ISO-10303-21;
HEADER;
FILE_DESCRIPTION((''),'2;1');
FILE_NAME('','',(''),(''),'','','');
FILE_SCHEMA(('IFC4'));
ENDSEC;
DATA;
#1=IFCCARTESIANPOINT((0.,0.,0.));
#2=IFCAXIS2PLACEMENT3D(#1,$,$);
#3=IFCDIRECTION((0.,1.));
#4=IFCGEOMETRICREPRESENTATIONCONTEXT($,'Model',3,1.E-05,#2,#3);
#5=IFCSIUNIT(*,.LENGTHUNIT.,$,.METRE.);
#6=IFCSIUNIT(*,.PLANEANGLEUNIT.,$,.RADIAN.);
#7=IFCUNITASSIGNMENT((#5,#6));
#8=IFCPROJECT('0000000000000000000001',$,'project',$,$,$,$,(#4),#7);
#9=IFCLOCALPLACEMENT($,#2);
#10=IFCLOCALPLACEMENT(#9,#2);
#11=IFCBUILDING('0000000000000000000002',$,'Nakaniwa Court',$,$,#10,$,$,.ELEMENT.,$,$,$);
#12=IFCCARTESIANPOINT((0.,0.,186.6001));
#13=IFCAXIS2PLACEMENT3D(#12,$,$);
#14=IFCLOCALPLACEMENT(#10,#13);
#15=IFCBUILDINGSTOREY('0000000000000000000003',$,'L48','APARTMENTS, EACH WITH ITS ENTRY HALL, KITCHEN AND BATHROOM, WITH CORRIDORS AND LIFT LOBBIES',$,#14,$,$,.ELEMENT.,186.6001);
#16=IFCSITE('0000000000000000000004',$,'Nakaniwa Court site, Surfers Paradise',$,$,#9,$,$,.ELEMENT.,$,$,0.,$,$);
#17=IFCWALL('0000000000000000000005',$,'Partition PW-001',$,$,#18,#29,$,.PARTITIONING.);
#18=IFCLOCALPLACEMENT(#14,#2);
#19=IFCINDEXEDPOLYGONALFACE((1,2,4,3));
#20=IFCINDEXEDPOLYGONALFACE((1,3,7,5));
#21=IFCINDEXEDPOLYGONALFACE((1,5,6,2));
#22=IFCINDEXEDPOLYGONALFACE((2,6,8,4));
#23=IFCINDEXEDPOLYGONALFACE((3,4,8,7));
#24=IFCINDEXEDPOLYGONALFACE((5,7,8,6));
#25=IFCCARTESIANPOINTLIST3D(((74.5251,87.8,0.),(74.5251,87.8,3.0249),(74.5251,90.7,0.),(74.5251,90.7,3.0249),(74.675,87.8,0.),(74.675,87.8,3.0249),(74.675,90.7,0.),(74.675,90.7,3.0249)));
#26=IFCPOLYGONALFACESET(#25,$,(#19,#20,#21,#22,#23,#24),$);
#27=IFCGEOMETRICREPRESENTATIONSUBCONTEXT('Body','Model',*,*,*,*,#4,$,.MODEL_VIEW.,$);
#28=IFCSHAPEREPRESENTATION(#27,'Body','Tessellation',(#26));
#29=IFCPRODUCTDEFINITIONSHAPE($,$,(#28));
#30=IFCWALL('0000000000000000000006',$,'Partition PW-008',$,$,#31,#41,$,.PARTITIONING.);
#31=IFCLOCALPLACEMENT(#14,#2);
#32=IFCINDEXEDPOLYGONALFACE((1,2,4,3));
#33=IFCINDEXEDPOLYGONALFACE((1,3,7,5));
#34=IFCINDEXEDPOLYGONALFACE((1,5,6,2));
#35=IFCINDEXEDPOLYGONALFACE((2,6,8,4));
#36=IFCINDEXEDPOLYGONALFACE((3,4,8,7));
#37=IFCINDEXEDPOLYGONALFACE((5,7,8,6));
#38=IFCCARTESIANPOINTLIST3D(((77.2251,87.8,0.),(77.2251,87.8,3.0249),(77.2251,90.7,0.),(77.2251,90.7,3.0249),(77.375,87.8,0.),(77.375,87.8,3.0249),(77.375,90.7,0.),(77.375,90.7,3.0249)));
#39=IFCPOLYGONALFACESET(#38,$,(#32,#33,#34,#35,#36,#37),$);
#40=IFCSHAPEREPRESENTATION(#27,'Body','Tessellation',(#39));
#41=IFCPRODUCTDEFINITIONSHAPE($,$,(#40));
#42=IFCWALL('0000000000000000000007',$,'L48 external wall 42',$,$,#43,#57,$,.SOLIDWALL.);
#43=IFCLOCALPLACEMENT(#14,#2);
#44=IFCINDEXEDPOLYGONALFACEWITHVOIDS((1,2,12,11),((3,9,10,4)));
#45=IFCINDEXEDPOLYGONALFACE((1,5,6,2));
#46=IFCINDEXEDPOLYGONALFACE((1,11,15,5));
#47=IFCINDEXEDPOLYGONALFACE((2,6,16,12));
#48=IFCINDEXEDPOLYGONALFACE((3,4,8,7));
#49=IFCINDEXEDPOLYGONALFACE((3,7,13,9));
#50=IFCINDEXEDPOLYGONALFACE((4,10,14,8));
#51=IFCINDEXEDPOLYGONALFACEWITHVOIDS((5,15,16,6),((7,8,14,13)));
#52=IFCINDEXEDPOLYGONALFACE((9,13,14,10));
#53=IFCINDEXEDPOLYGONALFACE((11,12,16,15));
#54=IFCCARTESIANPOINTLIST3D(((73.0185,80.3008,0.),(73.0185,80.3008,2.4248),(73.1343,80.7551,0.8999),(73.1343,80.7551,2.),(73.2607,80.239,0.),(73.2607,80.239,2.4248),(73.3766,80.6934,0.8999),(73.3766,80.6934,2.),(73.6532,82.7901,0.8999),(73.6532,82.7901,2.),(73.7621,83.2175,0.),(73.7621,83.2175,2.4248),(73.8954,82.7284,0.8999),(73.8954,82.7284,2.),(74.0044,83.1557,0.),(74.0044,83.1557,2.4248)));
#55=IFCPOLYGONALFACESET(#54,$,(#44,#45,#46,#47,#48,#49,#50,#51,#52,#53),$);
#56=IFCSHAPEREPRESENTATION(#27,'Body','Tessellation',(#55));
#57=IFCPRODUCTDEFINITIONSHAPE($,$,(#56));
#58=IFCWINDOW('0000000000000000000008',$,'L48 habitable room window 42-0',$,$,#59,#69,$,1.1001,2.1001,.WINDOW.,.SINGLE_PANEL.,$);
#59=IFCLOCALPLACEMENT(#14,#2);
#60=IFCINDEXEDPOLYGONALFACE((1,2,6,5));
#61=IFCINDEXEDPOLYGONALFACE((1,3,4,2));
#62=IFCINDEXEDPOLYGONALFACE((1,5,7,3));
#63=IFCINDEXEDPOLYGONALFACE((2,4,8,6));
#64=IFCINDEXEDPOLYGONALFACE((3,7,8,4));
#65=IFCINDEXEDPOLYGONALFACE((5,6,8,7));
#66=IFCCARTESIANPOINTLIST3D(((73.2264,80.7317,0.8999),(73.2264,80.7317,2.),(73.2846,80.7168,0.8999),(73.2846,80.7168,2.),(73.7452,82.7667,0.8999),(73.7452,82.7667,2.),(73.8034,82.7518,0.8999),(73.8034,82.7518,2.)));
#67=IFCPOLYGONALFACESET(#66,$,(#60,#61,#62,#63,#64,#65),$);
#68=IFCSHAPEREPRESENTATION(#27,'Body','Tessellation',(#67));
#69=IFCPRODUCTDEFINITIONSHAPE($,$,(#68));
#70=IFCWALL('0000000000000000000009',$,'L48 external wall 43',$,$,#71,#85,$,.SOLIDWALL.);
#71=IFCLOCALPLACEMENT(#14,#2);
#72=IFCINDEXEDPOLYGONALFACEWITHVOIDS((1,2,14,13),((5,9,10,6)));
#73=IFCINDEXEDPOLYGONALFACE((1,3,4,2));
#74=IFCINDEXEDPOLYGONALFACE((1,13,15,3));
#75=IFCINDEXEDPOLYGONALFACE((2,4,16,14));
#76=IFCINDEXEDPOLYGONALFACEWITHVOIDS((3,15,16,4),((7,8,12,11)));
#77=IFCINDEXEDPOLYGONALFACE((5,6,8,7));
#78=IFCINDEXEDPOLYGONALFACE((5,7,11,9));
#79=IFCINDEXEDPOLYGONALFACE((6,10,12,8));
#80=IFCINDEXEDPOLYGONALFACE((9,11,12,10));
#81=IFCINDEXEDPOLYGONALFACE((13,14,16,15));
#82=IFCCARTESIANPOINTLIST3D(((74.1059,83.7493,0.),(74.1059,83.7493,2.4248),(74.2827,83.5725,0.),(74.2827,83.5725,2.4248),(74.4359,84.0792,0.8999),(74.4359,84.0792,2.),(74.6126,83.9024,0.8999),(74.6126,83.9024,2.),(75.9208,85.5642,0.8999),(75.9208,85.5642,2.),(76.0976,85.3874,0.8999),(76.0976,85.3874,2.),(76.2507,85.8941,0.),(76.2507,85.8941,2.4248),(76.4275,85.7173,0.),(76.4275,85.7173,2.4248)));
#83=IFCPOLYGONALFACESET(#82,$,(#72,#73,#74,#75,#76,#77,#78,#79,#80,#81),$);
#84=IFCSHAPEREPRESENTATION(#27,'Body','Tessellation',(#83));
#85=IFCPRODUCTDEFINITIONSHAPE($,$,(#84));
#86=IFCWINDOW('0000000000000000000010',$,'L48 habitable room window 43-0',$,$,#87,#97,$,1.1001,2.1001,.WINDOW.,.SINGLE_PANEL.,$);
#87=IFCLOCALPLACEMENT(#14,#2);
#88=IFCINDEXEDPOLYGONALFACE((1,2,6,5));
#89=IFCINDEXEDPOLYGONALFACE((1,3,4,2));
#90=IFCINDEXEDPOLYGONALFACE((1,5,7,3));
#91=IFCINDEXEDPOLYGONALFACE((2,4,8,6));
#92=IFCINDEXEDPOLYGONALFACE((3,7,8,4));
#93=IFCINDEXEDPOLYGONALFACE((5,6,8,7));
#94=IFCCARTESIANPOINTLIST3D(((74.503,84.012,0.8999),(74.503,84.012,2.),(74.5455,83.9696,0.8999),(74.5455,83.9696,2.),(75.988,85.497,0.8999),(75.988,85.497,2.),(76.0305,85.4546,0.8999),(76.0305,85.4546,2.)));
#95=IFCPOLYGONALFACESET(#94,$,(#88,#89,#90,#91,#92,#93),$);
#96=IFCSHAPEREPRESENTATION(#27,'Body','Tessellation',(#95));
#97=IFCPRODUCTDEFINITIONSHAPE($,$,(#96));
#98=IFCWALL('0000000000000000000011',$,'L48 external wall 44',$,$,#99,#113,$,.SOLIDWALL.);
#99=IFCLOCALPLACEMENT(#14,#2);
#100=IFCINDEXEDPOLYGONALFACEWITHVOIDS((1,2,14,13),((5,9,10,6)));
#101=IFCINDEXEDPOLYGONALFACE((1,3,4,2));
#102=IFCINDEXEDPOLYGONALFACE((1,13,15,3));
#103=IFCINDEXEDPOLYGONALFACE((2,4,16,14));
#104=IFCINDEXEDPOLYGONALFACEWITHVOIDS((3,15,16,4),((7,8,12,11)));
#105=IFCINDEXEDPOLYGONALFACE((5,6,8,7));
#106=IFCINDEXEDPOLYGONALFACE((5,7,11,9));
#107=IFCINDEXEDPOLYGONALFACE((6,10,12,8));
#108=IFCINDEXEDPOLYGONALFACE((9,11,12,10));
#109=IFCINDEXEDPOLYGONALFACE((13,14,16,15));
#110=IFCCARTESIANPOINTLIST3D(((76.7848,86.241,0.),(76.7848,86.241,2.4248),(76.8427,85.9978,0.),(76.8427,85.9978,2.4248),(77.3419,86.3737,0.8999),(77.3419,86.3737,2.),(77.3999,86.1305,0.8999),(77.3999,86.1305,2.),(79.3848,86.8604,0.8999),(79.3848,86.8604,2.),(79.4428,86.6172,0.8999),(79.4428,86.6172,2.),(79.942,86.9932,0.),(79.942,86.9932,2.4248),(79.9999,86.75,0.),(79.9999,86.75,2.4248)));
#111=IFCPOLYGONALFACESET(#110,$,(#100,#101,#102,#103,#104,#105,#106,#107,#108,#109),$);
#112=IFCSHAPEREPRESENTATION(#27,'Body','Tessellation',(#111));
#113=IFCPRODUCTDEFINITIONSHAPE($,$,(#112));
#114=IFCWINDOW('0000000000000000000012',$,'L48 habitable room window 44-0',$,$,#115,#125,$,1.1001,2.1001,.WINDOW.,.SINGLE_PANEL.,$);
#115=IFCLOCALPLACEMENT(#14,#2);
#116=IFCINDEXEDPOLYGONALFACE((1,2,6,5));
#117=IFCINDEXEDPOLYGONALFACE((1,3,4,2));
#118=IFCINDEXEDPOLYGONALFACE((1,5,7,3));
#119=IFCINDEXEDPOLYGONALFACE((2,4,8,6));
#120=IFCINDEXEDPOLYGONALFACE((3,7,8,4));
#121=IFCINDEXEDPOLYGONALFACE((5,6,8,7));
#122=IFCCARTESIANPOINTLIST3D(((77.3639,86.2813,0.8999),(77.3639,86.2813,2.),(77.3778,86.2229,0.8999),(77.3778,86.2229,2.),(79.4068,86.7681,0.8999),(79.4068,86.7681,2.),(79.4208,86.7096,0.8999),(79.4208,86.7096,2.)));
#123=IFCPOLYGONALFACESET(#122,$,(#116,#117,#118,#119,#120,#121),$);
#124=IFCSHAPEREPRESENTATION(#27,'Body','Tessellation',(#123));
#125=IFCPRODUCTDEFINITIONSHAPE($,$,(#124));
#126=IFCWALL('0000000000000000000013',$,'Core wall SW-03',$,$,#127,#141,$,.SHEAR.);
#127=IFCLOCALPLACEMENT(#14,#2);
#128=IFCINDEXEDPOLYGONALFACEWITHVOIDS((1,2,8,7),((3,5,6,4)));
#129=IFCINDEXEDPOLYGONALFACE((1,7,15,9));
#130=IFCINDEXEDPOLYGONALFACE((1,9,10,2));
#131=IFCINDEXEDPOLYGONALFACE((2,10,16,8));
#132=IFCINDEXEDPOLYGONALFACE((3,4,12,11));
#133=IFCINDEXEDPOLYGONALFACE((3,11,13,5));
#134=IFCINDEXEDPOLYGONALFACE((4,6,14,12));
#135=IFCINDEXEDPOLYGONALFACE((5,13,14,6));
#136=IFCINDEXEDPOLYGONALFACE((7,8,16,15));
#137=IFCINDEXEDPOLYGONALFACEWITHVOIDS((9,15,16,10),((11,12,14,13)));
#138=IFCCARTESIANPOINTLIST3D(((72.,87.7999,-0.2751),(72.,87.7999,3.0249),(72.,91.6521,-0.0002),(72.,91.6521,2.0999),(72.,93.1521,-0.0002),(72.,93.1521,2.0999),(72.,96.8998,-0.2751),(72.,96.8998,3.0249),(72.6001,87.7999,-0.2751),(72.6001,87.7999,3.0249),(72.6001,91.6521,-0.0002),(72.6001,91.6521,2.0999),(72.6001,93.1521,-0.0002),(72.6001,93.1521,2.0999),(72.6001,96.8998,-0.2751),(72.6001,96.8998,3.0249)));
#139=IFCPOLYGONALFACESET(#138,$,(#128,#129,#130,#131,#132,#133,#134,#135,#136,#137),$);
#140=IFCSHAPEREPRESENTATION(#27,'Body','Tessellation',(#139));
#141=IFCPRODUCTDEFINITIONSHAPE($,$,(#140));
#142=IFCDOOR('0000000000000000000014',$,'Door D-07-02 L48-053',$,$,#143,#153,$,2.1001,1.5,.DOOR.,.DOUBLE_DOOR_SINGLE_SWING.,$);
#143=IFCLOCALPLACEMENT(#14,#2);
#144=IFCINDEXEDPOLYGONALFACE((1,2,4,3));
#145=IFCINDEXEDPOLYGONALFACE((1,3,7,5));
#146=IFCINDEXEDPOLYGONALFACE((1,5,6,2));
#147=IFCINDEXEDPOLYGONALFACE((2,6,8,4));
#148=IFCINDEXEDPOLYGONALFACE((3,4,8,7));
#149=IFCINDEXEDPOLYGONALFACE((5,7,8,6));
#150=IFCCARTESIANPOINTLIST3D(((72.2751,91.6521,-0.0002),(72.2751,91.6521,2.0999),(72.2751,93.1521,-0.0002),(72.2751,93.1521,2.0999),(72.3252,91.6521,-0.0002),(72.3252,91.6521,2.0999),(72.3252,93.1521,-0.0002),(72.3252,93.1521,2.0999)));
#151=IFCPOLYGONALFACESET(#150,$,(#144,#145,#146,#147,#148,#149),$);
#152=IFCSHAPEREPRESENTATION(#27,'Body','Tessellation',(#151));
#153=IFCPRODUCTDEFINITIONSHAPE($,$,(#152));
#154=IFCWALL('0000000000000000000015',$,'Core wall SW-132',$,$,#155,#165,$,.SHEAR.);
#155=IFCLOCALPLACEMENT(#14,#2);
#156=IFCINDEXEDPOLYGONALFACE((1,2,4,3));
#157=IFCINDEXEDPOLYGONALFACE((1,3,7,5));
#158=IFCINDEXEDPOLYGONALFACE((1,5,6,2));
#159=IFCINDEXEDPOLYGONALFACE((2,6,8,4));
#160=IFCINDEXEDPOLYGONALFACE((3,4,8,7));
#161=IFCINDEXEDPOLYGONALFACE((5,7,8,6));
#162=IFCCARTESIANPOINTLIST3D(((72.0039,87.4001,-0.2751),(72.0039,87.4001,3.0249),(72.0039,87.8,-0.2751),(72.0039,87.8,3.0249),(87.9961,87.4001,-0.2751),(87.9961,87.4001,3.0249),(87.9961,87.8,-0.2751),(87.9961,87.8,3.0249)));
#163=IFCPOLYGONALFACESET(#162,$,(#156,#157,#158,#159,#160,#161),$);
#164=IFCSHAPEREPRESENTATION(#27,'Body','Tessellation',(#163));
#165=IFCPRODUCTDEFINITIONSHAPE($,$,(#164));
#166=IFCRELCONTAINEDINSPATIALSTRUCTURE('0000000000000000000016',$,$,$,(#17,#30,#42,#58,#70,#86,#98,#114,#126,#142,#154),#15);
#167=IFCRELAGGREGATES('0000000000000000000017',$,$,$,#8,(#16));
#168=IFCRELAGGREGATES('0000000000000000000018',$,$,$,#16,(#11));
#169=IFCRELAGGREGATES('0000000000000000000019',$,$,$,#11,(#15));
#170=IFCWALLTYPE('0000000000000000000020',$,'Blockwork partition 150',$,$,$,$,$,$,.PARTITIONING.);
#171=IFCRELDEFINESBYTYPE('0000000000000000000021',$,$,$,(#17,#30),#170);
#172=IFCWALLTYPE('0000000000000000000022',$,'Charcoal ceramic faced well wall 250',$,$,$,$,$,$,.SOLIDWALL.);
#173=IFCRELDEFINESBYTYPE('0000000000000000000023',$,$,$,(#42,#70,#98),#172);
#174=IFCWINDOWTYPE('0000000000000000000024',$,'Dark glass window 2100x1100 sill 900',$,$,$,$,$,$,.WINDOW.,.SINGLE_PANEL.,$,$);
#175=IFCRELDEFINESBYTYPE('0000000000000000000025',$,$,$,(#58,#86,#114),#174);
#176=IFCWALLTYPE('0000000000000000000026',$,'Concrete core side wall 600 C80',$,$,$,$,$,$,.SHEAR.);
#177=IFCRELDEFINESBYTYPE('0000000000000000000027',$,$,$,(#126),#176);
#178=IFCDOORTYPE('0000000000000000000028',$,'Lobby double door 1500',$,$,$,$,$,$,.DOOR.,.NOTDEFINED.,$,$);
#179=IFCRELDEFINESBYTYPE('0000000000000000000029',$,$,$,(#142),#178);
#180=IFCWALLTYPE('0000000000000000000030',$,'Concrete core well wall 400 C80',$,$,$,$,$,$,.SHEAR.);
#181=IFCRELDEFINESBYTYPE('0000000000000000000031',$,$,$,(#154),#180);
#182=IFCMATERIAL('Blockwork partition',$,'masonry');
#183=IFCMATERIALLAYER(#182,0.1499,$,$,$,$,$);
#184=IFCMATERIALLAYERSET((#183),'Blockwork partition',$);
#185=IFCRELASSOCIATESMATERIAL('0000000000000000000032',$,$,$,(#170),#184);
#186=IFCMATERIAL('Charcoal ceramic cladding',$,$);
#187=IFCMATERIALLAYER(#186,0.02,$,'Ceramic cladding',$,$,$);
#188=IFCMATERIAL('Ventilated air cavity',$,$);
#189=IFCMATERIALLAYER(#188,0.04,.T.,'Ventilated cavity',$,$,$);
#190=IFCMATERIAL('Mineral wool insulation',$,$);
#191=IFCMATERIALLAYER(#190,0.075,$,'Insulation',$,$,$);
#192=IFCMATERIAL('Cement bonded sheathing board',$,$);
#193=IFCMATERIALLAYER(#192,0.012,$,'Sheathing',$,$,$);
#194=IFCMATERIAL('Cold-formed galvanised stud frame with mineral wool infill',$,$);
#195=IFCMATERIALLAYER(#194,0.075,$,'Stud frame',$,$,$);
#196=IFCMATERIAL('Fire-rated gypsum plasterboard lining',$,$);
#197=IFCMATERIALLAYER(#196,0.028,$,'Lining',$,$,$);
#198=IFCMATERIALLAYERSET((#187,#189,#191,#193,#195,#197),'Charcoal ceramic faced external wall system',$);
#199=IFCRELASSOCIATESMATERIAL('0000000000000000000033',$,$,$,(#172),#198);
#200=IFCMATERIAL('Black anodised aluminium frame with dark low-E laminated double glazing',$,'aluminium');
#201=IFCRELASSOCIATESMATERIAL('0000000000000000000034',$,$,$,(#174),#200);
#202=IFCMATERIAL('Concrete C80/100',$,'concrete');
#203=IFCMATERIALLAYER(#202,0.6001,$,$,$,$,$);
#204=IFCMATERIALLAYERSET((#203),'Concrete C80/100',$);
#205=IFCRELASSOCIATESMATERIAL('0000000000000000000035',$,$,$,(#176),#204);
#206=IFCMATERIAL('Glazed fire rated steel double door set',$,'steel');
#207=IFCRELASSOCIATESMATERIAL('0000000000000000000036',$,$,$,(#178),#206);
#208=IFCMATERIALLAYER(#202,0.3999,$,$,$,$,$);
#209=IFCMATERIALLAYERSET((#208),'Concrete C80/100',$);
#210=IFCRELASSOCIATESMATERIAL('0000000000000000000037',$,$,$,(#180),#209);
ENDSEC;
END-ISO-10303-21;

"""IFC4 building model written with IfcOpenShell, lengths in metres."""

from ifc_helpers import new_model, si_unit, direction, frame, frame_2d, origin, place, context, subcontext, project, spatial, rectangle, extrude, material, layer, layer_set, type_object, element, fill, save


model = new_model("IFC4")

# Units and contexts
model_context = context("Model", 3, precision=1e-05, world=origin(), true_north=direction((0.0, 1.0)))
body_context = subcontext(model_context, "Body", "Model", "MODEL_VIEW")
ifc_project = project(units=[si_unit("LENGTHUNIT", "METRE"), si_unit("PLANEANGLEUNIT", "RADIAN")], contexts=[model_context])

# Site, building, storey
site_placement = place(None, origin())
site = spatial("IfcSite", under=ifc_project, at=site_placement, Name="Nakaniwa Court site, Surfers Paradise", CompositionType="ELEMENT", RefElevation=0.0)
building_placement = place(site_placement, origin())
building = spatial("IfcBuilding", under=site, at=building_placement, Name="Nakaniwa Court", CompositionType="ELEMENT")
storey_placement = place(building_placement, frame((0.0, 0.0, 186.6001)))
storey = spatial("IfcBuildingStorey", under=building, at=storey_placement, Name="L48", Description="APARTMENTS, EACH WITH ITS ENTRY HALL, KITCHEN AND BATHROOM, WITH CORRIDORS AND LIFT LOBBIES", CompositionType="ELEMENT", Elevation=186.6001)

# Shared definitions
ifc_material_1 = material(Name="Concrete C80/100", Category="concrete")

# Walls
ifc_material_2 = material(Name="Blockwork partition", Category="masonry")
ifc_layer_1 = layer(ifc_material_2, 0.1499)
ifc_layer_set_1 = layer_set([ifc_layer_1], Name="Blockwork partition")
wall_type_1 = type_object("IfcWallType", Name="Blockwork partition 150", PredefinedType="PARTITIONING", material=ifc_layer_set_1)
for number, where, z_axis, x_axis, name in (
    (1, (74.6001, 87.8, 0.0), (0.0, 0.0, 1.0), (0.0, 1.0, 0.0), "Partition PW-001"),
    (2, (77.3, 87.8, 0.0), (0.0, 0.0, 1.0), (0.0, 1.0, 0.0), "Partition PW-008"),
):
    element("IfcWall", number, at=place(storey_placement, frame(where, z_axis=z_axis, x_axis=x_axis)), inside=storey, type_object=wall_type_1, Name=name, PredefinedType="PARTITIONING", context=body_context, shape_type="SweptSolid", body=[
        extrude(rectangle(XDim=2.8999, YDim=0.1499, at=frame_2d((1.45, 0.0))), origin(), (0.0, 0.0, 1.0), 3.0249),
    ])

# Walls, openings, windows
ifc_material_3 = material(Name="Charcoal ceramic cladding")
ifc_layer_2 = layer(ifc_material_3, 0.02, Name="Ceramic cladding")
ifc_material_4 = material(Name="Ventilated air cavity")
ifc_layer_3 = layer(ifc_material_4, 0.04, ventilated=True, Name="Ventilated cavity")
ifc_material_5 = material(Name="Mineral wool insulation")
ifc_layer_4 = layer(ifc_material_5, 0.075, Name="Insulation")
ifc_material_6 = material(Name="Cement bonded sheathing board")
ifc_layer_5 = layer(ifc_material_6, 0.012, Name="Sheathing")
ifc_material_7 = material(Name="Cold-formed galvanised stud frame with mineral wool infill")
ifc_layer_6 = layer(ifc_material_7, 0.075, Name="Stud frame")
ifc_material_8 = material(Name="Fire-rated gypsum plasterboard lining")
ifc_layer_7 = layer(ifc_material_8, 0.028, Name="Lining")
ifc_layer_set_2 = layer_set([ifc_layer_2, ifc_layer_3, ifc_layer_4, ifc_layer_5, ifc_layer_6, ifc_layer_7], Name="Charcoal ceramic faced external wall system")
wall_type_2 = type_object("IfcWallType", Name="Charcoal ceramic faced well wall 250", PredefinedType="SOLIDWALL", material=ifc_layer_set_2)
wall_1_placement = place(storey_placement, frame((73.1396, 80.27, 0.0), z_axis=(0.0, 0.0, 1.0), x_axis=(0.247056, 0.969001, 0.0)))
wall_1 = element("IfcWall", 3, at=wall_1_placement, inside=storey, type_object=wall_type_2, Name="L48 external wall 42", PredefinedType="SOLIDWALL", context=body_context, shape_type="SweptSolid", body=[
    extrude(rectangle(XDim=3.01, YDim=0.25, at=frame_2d((1.5049, 0.0))), origin(), (0.0, 0.0, 1.0), 2.4248),
])
opening_1_placement = place(wall_1_placement, frame((0.4688, 0.0, 0.8999)))
opening_1 = element("IfcOpeningElement", 4, at=opening_1_placement, cuts=wall_1, PredefinedType="OPENING", context=body_context, shape_type="SweptSolid", body=[
    extrude(rectangle(XDim=2.1001, YDim=1.1001, at=frame_2d((1.05, 0.55))), frame((0.0, 0.135, 0.0), z_axis=(0.0, -1.0, 0.0), x_axis=(1.0, 0.0, 0.0)), (0.0, 0.0, 1.0), 0.27),
])
ifc_material_9 = material(Name="Black anodised aluminium frame with dark low-E laminated double glazing", Category="aluminium")
window_type = type_object("IfcWindowType", Name="Dark glass window 2100x1100 sill 900", PartitioningType="SINGLE_PANEL", PredefinedType="WINDOW", material=ifc_material_9)
window_1_placement = place(opening_1_placement, origin())
window_1 = element("IfcWindow", 5, at=window_1_placement, inside=storey, type_object=window_type, Name="L48 habitable room window 42-0", OverallHeight=1.1001, OverallWidth=2.1001, PartitioningType="SINGLE_PANEL", PredefinedType="WINDOW", context=body_context, shape_type="SweptSolid", body=[
    extrude(rectangle(XDim=2.1001, YDim=1.1001, at=frame_2d((1.05, 0.55))), frame((0.0, 0.03, 0.0), z_axis=(0.0, -1.0, 0.0), x_axis=(1.0, 0.0, 0.0)), (0.0, 0.0, 1.0), 0.0601),
])
fill(opening_1, window_1)
wall_2_placement = place(storey_placement, frame((74.1943, 83.6609, 0.0), z_axis=(0.0, 0.0, 1.0), x_axis=(0.707107, 0.707107, 0.0)))
wall_2 = element("IfcWall", 6, at=wall_2_placement, inside=storey, type_object=wall_type_2, Name="L48 external wall 43", PredefinedType="SOLIDWALL", context=body_context, shape_type="SweptSolid", body=[
    extrude(rectangle(XDim=3.0332, YDim=0.25, at=frame_2d((1.5166, 0.0))), origin(), (0.0, 0.0, 1.0), 2.4248),
])
opening_2_placement = place(wall_2_placement, frame((0.4666, 0.0, 0.8999)))
opening_2 = element("IfcOpeningElement", 7, at=opening_2_placement, cuts=wall_2, PredefinedType="OPENING", context=body_context, shape_type="SweptSolid", body=[
    extrude(rectangle(XDim=2.1001, YDim=1.1001, at=frame_2d((1.05, 0.55))), frame((0.0, 0.135, 0.0), z_axis=(0.0, -1.0, 0.0), x_axis=(1.0, 0.0, 0.0)), (0.0, 0.0, 1.0), 0.27),
])
window_2_placement = place(opening_2_placement, origin())
window_2 = element("IfcWindow", 8, at=window_2_placement, inside=storey, type_object=window_type, Name="L48 habitable room window 43-0", OverallHeight=1.1001, OverallWidth=2.1001, PartitioningType="SINGLE_PANEL", PredefinedType="WINDOW", context=body_context, shape_type="SweptSolid", body=[
    extrude(rectangle(XDim=2.1001, YDim=1.1001, at=frame_2d((1.05, 0.55))), frame((0.0, 0.03, 0.0), z_axis=(0.0, -1.0, 0.0), x_axis=(1.0, 0.0, 0.0)), (0.0, 0.0, 1.0), 0.0601),
])
fill(opening_2, window_2)
wall_3_placement = place(storey_placement, frame((76.8137, 86.1194, 0.0), z_axis=(0.0, 0.0, 1.0), x_axis=(0.972773, 0.23176, 0.0)))
wall_3 = element("IfcWall", 9, at=wall_3_placement, inside=storey, type_object=wall_type_2, Name="L48 external wall 44", PredefinedType="SOLIDWALL", context=body_context, shape_type="SweptSolid", body=[
    extrude(rectangle(XDim=3.2456, YDim=0.25, at=frame_2d((1.6228, 0.0))), origin(), (0.0, 0.0, 1.0), 2.4248),
])
opening_3_placement = place(wall_3_placement, frame((0.5728, 0.0, 0.8999)))
opening_3 = element("IfcOpeningElement", 10, at=opening_3_placement, cuts=wall_3, PredefinedType="OPENING", context=body_context, shape_type="SweptSolid", body=[
    extrude(rectangle(XDim=2.1001, YDim=1.1001, at=frame_2d((1.05, 0.55))), frame((0.0, 0.135, 0.0), z_axis=(0.0, -1.0, 0.0), x_axis=(1.0, 0.0, 0.0)), (0.0, 0.0, 1.0), 0.27),
])
window_3_placement = place(opening_3_placement, origin())
window_3 = element("IfcWindow", 11, at=window_3_placement, inside=storey, type_object=window_type, Name="L48 habitable room window 44-0", OverallHeight=1.1001, OverallWidth=2.1001, PartitioningType="SINGLE_PANEL", PredefinedType="WINDOW", context=body_context, shape_type="SweptSolid", body=[
    extrude(rectangle(XDim=2.1001, YDim=1.1001, at=frame_2d((1.05, 0.55))), frame((0.0, 0.03, 0.0), z_axis=(0.0, -1.0, 0.0), x_axis=(1.0, 0.0, 0.0)), (0.0, 0.0, 1.0), 0.0601),
])
fill(opening_3, window_3)

# Wall, opening, door
ifc_layer_8 = layer(ifc_material_1, 0.6001)
ifc_layer_set_3 = layer_set([ifc_layer_8], Name="Concrete C80/100")
wall_type_3 = type_object("IfcWallType", Name="Concrete core side wall 600 C80", PredefinedType="SHEAR", material=ifc_layer_set_3)
wall_4_placement = place(storey_placement, frame((72.3, 87.8, -0.2751), z_axis=(0.0, 0.0, 1.0), x_axis=(0.0, 1.0, 0.0)))
wall_4 = element("IfcWall", 12, at=wall_4_placement, inside=storey, type_object=wall_type_3, Name="Core wall SW-03", PredefinedType="SHEAR", context=body_context, shape_type="SweptSolid", body=[
    extrude(rectangle(XDim=9.0999, YDim=0.6001, at=frame_2d((4.5498, 0.0))), origin(), (0.0, 0.0, 1.0), 3.3),
])
opening_4_placement = place(wall_4_placement, frame((3.8521, 0.0, 0.2749)))
opening_4 = element("IfcOpeningElement", 13, at=opening_4_placement, cuts=wall_4, PredefinedType="OPENING", context=body_context, shape_type="SweptSolid", body=[
    extrude(rectangle(XDim=1.5, YDim=2.1001, at=frame_2d((0.75, 1.05))), frame((0.0, 0.3101, 0.0), z_axis=(0.0, -1.0, 0.0), x_axis=(1.0, 0.0, 0.0)), (0.0, 0.0, 1.0), 0.6201),
])
ifc_material_10 = material(Name="Glazed fire rated steel double door set", Category="steel")
door_type = type_object("IfcDoorType", Name="Lobby double door 1500", OperationType="NOTDEFINED", PredefinedType="DOOR", material=ifc_material_10)
door_placement = place(opening_4_placement, origin())
door = element("IfcDoor", 14, at=door_placement, inside=storey, type_object=door_type, Name="Door D-07-02 L48-053", OperationType="DOUBLE_DOOR_SINGLE_SWING", OverallHeight=2.1001, OverallWidth=1.5, PredefinedType="DOOR", context=body_context, shape_type="SweptSolid", body=[
    extrude(rectangle(XDim=1.5, YDim=2.1001, at=frame_2d((0.75, 1.05))), frame((0.0, 0.0249, 0.0), z_axis=(0.0, -1.0, 0.0), x_axis=(1.0, 0.0, 0.0)), (0.0, 0.0, 1.0), 0.05),
])
fill(opening_4, door)

# Wall
ifc_layer_9 = layer(ifc_material_1, 0.3999)
ifc_layer_set_4 = layer_set([ifc_layer_9], Name="Concrete C80/100")
wall_type_4 = type_object("IfcWallType", Name="Concrete core well wall 400 C80", PredefinedType="SHEAR", material=ifc_layer_set_4)
wall_5_placement = place(storey_placement, frame((72.0039, 87.6001, -0.2751), z_axis=(0.0, 0.0, 1.0), x_axis=(1.0, 0.0, 0.0)))
element("IfcWall", 15, at=wall_5_placement, inside=storey, type_object=wall_type_4, Name="Core wall SW-132", PredefinedType="SHEAR", context=body_context, shape_type="SweptSolid", body=[
    extrude(rectangle(XDim=15.9922, YDim=0.3999, at=frame_2d((7.9961, 0.0))), origin(), (0.0, 0.0, 1.0), 3.3),
])

save(model, "model.ifc")
